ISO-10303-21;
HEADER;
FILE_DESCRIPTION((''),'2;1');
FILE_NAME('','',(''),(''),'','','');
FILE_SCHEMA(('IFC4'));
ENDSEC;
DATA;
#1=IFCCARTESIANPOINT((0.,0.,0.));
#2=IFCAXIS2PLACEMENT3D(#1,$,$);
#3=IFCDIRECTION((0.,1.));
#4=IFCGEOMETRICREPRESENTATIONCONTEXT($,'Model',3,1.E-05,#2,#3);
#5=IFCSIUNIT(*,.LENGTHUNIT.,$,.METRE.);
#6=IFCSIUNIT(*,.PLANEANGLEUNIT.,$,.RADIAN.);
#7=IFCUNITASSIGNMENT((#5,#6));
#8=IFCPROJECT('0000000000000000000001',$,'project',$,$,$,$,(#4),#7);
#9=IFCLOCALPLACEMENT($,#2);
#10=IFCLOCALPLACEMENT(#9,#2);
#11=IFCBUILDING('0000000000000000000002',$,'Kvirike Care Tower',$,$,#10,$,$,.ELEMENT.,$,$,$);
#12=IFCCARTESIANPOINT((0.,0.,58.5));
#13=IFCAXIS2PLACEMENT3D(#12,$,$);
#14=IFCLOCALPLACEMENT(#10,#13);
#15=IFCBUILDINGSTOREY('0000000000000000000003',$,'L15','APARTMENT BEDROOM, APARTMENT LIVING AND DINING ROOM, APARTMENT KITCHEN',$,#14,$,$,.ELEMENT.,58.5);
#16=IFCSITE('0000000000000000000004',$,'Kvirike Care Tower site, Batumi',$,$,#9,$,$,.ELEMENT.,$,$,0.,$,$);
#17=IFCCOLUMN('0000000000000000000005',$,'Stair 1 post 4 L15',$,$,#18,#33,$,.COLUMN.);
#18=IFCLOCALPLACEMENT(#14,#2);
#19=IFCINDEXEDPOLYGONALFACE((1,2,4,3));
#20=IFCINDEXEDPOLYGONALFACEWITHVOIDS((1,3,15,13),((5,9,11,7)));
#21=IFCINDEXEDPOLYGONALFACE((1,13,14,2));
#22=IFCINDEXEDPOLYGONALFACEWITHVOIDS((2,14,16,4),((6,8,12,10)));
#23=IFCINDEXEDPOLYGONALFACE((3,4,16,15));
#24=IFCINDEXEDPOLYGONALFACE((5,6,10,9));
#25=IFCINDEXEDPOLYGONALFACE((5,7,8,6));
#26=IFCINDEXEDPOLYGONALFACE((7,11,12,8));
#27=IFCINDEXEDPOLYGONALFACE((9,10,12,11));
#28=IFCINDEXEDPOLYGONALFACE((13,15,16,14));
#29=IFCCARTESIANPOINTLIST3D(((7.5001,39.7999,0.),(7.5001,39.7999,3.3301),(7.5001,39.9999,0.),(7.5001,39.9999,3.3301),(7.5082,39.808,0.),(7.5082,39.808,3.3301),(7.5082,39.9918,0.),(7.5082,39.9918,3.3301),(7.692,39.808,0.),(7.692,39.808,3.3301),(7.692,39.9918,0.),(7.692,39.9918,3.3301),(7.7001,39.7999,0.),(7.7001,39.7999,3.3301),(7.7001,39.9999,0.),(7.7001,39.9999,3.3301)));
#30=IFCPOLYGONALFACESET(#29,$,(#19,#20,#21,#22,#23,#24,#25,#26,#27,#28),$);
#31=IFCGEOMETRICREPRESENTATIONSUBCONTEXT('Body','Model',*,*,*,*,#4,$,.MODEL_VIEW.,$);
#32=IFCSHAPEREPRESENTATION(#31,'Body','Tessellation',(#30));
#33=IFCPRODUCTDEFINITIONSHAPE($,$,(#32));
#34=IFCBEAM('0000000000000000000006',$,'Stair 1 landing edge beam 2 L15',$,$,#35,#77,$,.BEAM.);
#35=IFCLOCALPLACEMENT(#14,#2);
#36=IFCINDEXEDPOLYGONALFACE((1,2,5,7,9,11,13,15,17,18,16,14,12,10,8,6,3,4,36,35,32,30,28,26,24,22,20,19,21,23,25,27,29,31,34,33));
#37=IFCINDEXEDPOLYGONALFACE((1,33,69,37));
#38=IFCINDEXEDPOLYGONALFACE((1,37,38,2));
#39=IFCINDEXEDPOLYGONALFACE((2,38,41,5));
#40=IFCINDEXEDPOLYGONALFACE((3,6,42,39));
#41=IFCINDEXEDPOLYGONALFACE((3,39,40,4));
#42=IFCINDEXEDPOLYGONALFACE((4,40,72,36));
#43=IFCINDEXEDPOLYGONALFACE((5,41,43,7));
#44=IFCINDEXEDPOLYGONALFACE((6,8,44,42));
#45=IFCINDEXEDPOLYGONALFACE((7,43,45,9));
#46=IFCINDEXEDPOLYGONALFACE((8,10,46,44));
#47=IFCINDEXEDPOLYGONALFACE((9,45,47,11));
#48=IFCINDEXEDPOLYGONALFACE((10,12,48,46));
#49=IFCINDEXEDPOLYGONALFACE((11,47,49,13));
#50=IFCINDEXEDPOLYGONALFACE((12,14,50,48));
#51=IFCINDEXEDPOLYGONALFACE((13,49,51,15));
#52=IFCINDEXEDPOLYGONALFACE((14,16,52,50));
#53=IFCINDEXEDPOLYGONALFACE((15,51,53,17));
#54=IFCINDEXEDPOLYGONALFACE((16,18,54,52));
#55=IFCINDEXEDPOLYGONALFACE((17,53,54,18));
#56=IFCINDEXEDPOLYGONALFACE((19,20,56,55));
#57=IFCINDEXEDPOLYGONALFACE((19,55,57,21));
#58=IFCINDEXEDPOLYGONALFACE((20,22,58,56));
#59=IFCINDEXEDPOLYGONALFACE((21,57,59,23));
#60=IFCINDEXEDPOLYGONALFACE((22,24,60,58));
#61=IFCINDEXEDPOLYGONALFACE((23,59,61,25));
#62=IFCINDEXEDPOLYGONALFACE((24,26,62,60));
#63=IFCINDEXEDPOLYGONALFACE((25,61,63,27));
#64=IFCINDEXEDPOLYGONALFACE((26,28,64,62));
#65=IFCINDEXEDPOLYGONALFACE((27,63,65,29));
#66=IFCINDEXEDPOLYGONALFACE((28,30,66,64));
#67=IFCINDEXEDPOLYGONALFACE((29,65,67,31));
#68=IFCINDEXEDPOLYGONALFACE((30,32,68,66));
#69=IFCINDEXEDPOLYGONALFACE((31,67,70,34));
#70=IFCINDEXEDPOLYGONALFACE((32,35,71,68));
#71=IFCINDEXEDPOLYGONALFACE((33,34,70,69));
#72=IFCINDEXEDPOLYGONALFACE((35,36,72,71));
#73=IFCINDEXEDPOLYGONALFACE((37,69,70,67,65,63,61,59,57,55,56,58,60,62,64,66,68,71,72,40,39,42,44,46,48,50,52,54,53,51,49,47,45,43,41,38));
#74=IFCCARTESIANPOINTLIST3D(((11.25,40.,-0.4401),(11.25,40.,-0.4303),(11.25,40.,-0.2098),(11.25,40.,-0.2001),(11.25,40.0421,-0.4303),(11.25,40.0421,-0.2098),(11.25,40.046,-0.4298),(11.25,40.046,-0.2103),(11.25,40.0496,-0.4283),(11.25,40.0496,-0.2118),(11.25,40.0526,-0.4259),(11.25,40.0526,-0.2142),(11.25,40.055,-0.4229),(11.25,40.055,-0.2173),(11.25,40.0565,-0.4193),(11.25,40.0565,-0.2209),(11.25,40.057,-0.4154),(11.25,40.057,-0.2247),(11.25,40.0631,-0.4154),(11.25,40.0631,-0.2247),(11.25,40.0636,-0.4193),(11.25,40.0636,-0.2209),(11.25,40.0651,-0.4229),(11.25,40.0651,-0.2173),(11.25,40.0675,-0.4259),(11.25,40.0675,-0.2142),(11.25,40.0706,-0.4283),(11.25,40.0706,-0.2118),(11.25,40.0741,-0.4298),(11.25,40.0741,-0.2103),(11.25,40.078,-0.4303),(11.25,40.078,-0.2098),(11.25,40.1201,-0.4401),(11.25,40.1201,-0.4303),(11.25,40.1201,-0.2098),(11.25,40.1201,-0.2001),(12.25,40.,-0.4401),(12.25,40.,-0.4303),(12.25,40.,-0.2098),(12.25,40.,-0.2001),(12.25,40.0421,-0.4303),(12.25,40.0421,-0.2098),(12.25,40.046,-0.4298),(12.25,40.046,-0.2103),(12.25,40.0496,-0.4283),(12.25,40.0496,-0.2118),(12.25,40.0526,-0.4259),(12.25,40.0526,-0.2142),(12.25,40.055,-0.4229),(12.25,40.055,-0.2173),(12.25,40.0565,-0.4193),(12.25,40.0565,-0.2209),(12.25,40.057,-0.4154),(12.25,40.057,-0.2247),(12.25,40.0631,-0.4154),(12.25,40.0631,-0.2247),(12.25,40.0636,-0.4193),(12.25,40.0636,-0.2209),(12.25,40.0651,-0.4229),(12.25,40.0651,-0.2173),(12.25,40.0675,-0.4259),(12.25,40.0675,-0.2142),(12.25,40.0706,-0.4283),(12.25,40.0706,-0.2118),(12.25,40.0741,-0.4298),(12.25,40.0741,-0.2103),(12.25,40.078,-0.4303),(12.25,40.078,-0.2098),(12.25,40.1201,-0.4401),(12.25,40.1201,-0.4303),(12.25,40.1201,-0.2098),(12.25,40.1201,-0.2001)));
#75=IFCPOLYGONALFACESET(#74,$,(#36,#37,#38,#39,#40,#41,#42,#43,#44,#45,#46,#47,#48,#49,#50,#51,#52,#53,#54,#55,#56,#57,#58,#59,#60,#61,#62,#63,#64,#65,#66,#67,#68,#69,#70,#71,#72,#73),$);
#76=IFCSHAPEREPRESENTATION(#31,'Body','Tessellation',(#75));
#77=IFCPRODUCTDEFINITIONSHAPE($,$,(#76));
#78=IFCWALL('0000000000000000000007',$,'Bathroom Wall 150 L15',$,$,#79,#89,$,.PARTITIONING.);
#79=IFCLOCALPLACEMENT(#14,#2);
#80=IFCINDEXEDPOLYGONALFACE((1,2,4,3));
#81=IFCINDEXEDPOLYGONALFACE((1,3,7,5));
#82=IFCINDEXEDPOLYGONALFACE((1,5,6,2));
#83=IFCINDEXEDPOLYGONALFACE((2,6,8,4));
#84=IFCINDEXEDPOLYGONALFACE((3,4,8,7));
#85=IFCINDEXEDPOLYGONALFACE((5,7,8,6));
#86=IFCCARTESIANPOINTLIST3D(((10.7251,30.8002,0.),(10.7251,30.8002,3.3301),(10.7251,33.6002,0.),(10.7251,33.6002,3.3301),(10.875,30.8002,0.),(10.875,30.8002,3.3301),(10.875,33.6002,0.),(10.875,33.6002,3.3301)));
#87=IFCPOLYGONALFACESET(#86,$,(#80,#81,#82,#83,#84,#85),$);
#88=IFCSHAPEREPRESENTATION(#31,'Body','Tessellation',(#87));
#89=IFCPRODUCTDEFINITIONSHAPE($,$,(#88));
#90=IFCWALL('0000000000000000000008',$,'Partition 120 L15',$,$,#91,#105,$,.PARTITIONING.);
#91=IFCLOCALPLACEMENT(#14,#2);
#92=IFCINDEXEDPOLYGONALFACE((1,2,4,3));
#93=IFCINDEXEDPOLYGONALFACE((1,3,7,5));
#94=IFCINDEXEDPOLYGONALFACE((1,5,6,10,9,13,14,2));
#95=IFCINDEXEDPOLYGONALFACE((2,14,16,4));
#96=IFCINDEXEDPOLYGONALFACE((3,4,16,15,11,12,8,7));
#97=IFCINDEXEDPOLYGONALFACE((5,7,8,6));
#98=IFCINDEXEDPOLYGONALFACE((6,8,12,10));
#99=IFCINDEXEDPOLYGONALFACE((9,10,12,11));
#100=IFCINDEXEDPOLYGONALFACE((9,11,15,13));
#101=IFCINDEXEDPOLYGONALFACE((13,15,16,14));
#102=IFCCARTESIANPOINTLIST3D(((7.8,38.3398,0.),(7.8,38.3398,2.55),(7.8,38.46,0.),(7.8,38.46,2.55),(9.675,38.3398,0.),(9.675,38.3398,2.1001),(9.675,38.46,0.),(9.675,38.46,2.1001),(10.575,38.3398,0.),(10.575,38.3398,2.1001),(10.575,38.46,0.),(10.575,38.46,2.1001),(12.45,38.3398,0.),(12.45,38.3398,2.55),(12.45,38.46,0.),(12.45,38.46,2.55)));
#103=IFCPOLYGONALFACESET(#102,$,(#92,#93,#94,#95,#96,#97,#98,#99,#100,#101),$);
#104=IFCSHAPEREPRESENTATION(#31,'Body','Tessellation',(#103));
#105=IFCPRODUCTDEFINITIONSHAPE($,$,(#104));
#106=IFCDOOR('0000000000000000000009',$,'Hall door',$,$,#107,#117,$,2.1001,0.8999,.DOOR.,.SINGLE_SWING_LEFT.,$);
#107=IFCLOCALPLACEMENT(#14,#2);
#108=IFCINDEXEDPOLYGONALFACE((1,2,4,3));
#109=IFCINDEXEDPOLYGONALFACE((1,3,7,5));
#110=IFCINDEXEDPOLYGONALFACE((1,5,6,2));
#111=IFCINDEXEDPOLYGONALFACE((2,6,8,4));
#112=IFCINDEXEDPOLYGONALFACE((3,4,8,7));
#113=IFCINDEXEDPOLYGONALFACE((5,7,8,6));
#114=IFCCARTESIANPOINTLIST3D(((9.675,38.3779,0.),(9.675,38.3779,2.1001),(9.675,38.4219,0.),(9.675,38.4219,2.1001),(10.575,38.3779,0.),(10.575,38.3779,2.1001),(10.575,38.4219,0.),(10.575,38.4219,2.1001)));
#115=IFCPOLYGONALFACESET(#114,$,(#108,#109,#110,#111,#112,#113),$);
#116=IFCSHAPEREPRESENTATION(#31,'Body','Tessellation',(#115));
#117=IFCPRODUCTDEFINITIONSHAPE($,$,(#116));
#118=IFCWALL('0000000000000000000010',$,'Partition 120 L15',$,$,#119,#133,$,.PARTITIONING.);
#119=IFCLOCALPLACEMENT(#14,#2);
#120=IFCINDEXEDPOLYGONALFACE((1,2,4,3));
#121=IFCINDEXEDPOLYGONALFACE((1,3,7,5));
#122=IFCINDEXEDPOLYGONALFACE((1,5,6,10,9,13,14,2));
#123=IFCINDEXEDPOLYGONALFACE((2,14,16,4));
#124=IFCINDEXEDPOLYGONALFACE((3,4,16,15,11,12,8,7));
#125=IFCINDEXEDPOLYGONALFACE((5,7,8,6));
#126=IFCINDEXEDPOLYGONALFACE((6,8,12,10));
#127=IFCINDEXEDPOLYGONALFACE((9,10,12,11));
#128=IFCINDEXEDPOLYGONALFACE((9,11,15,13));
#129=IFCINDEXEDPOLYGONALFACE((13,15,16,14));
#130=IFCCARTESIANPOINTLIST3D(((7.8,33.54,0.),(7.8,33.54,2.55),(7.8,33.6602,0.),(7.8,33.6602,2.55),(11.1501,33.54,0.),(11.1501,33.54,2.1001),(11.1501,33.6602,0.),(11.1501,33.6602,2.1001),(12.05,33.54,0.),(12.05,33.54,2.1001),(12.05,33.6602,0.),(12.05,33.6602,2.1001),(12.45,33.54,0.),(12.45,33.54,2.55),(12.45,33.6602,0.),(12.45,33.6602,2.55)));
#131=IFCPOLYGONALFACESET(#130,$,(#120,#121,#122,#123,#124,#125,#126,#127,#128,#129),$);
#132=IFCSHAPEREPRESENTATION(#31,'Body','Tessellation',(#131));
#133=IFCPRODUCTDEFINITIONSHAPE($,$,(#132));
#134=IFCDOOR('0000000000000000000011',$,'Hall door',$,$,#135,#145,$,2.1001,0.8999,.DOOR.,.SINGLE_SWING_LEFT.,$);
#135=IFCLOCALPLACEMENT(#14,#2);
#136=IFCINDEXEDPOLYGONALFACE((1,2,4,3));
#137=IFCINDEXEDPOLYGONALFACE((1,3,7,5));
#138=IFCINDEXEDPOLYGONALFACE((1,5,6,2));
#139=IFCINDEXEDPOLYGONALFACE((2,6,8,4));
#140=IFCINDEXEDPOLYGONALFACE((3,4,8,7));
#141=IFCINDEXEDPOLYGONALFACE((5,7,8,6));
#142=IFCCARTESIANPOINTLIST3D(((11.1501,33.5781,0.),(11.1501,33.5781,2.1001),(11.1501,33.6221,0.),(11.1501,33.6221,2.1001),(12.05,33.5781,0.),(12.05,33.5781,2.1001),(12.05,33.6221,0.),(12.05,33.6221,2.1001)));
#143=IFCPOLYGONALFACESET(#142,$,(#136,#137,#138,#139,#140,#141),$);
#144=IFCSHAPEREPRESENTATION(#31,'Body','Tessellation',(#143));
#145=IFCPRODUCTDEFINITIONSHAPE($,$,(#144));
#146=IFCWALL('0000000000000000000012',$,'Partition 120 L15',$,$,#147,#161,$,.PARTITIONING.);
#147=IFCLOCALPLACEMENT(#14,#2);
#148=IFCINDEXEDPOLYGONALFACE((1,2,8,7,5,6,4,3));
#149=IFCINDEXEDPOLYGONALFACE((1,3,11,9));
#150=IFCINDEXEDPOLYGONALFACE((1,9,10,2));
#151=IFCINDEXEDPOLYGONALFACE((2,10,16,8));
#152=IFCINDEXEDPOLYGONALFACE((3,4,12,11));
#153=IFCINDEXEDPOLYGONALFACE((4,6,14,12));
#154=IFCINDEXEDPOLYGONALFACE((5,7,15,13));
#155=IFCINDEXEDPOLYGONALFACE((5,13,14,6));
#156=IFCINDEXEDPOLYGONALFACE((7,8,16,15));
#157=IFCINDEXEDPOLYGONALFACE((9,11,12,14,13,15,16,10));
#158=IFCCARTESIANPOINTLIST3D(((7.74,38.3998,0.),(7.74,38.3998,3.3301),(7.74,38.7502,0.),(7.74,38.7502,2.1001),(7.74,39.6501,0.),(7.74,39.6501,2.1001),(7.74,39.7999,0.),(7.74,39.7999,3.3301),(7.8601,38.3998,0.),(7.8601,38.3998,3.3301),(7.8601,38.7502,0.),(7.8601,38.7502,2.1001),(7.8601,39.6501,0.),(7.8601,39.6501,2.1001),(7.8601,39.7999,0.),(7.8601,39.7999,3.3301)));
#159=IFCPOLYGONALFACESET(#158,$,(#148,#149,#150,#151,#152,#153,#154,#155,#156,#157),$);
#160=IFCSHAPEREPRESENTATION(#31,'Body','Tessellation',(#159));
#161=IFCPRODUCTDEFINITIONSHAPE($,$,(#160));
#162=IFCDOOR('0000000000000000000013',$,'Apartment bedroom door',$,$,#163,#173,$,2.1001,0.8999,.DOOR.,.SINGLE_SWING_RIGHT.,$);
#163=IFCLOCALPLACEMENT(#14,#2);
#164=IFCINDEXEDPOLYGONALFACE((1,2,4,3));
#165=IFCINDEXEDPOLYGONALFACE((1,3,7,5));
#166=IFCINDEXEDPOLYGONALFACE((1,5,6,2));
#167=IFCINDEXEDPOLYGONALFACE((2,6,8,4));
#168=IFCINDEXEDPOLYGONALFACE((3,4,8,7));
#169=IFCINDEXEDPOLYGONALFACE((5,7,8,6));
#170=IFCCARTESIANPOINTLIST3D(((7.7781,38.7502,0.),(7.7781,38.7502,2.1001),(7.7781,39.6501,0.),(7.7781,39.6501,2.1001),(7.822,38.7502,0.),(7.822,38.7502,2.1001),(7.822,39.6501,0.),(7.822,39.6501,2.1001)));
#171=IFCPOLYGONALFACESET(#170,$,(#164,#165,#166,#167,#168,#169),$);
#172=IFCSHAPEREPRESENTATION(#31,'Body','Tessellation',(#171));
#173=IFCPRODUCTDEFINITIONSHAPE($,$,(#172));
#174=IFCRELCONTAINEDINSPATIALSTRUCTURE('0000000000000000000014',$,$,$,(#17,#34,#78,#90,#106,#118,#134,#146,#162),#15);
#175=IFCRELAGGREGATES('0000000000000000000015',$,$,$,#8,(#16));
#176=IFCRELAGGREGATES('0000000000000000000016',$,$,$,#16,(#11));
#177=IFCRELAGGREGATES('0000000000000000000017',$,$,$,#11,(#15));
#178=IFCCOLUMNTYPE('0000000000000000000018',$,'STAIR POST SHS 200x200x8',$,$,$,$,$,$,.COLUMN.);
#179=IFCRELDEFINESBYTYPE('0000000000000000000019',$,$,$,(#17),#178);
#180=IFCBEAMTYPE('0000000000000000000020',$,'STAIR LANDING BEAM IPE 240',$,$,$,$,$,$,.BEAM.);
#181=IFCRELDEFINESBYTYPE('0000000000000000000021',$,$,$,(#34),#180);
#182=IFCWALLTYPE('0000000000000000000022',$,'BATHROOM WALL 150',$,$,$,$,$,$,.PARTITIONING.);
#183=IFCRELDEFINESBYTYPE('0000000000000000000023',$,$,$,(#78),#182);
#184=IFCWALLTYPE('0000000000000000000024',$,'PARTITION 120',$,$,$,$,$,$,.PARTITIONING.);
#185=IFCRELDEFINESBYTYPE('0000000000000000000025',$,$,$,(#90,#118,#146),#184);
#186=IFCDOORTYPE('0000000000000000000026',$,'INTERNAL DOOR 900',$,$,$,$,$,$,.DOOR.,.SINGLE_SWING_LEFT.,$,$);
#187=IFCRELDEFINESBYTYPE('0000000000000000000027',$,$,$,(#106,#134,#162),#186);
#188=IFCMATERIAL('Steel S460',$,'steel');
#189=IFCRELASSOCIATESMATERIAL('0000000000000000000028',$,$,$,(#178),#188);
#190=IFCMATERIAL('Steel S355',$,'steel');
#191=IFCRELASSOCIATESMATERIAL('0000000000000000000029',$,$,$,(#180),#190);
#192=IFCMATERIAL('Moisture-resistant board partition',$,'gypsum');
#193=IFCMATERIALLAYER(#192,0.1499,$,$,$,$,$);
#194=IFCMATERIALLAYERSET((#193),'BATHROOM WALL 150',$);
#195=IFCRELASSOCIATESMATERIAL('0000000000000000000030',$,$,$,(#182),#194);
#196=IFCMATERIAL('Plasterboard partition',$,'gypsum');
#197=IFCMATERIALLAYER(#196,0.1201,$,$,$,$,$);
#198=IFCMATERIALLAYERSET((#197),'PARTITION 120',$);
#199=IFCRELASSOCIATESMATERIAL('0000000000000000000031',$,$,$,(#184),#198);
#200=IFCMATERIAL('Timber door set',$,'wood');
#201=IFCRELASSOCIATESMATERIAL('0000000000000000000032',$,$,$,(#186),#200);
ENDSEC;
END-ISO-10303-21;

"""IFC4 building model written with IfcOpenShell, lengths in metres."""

from ifc_helpers import new_model, si_unit, direction, frame, frame_2d, origin, origin_2d, place, context, subcontext, project, spatial, rectangle, hollow_rectangle, i_section, extrude, material, layer, layer_set, material_profile, profile_set, type_object, element, fill, save


model = new_model("IFC4")

# Units and contexts
model_context = context("Model", 3, precision=1e-05, world=origin(), true_north=direction((0.0, 1.0)))
body_context = subcontext(model_context, "Body", "Model", "MODEL_VIEW")
ifc_project = project(units=[si_unit("LENGTHUNIT", "METRE"), si_unit("PLANEANGLEUNIT", "RADIAN")], contexts=[model_context])

# Site, building, storey
site_placement = place(None, origin())
site = spatial("IfcSite", under=ifc_project, at=site_placement, Name="Kvirike Care Tower site, Batumi", CompositionType="ELEMENT", RefElevation=0.0)
building_placement = place(site_placement, origin())
building = spatial("IfcBuilding", under=site, at=building_placement, Name="Kvirike Care Tower", CompositionType="ELEMENT")
storey_placement = place(building_placement, frame((0.0, 0.0, 58.5)))
storey = spatial("IfcBuildingStorey", under=building, at=storey_placement, Name="L15", Description="APARTMENT BEDROOM, APARTMENT LIVING AND DINING ROOM, APARTMENT KITCHEN", CompositionType="ELEMENT", Elevation=58.5)

# Column
ifc_material_1 = material(Name="Steel S460", Category="steel")
ifc_material_profile_1 = material_profile(ifc_material_1, hollow_rectangle(XDim=0.2, YDim=0.2, WallThickness=0.0081, at=origin_2d()), Name="SHS 200x200x8")
ifc_profile_set_1 = profile_set([ifc_material_profile_1], Name="Steel S460")
column_type = type_object("IfcColumnType", Name="STAIR POST SHS 200x200x8", PredefinedType="COLUMN", material=ifc_profile_set_1)
column_placement = place(storey_placement, frame((7.6001, 39.8999, 0.0), z_axis=(0.0, 0.0, 1.0), x_axis=(1.0, 0.0, 0.0)))
element("IfcColumn", 1, at=column_placement, inside=storey, type_object=column_type, Name="Stair 1 post 4 L15", PredefinedType="COLUMN", context=body_context, shape_type="SweptSolid", body=[
    extrude(hollow_rectangle(XDim=0.2, YDim=0.2, WallThickness=0.0081, at=origin_2d()), origin(), (0.0, 0.0, 1.0), 3.3301),
])

# Beam
ifc_material_2 = material(Name="Steel S355", Category="steel")
ifc_material_profile_2 = material_profile(ifc_material_2, i_section(OverallWidth=0.1201, OverallDepth=0.24, WebThickness=0.0061, FlangeThickness=0.0098, FilletRadius=0.0149, at=origin_2d()), Name="IPE 240")
ifc_profile_set_2 = profile_set([ifc_material_profile_2], Name="Steel S355")
beam_type = type_object("IfcBeamType", Name="STAIR LANDING BEAM IPE 240", PredefinedType="BEAM", material=ifc_profile_set_2)
beam_placement = place(storey_placement, frame((11.25, 40.0601, -0.3201), z_axis=(1.0, 0.0, 0.0), x_axis=(0.0, 1.0, 0.0)))
element("IfcBeam", 2, at=beam_placement, inside=storey, type_object=beam_type, Name="Stair 1 landing edge beam 2 L15", PredefinedType="BEAM", context=body_context, shape_type="SweptSolid", body=[
    extrude(i_section(OverallWidth=0.1201, OverallDepth=0.24, WebThickness=0.0061, FlangeThickness=0.0098, FilletRadius=0.0149, at=origin_2d()), origin(), (0.0, 0.0, 1.0), 1.0),
])

# Wall
ifc_material_3 = material(Name="Moisture-resistant board partition", Category="gypsum")
ifc_layer_1 = layer(ifc_material_3, 0.1499)
ifc_layer_set_1 = layer_set([ifc_layer_1], Name="BATHROOM WALL 150")
wall_type_1 = type_object("IfcWallType", Name="BATHROOM WALL 150", PredefinedType="PARTITIONING", material=ifc_layer_set_1)
wall_1_placement = place(storey_placement, frame((10.8, 33.6001, 0.0), z_axis=(0.0, 0.0, 1.0), x_axis=(0.0, -1.0, 0.0)))
element("IfcWall", 3, at=wall_1_placement, inside=storey, type_object=wall_type_1, Name="Bathroom Wall 150 L15", PredefinedType="PARTITIONING", context=body_context, shape_type="SweptSolid", body=[
    extrude(rectangle(XDim=2.8, YDim=0.1499, at=frame_2d((1.3999, 0.0))), origin(), (0.0, 0.0, 1.0), 3.3301),
])

# Walls, openings, doors
ifc_material_4 = material(Name="Plasterboard partition", Category="gypsum")
ifc_layer_2 = layer(ifc_material_4, 0.1201)
ifc_layer_set_2 = layer_set([ifc_layer_2], Name="PARTITION 120")
wall_type_2 = type_object("IfcWallType", Name="PARTITION 120", PredefinedType="PARTITIONING", material=ifc_layer_set_2)
wall_2_placement = place(storey_placement, frame((7.8, 38.3999, 0.0), z_axis=(0.0, 0.0, 1.0), x_axis=(1.0, 0.0, 0.0)))
wall_2 = element("IfcWall", 4, at=wall_2_placement, inside=storey, type_object=wall_type_2, Name="Partition 120 L15", PredefinedType="PARTITIONING", context=body_context, shape_type="SweptSolid", body=[
    extrude(rectangle(XDim=4.6499, YDim=0.1201, at=frame_2d((2.325, 0.0))), origin(), (0.0, 0.0, 1.0), 2.55),
])
opening_1_placement = place(wall_2_placement, frame((1.875, 0.0, 0.0)))
opening_1 = element("IfcOpeningElement", 5, at=opening_1_placement, cuts=wall_2, PredefinedType="OPENING", context=body_context, shape_type="SweptSolid", body=[
    extrude(rectangle(XDim=0.8999, YDim=2.1001, at=frame_2d((0.45, 1.05))), frame((0.0, 0.0706, 0.0), z_axis=(0.0, -1.0, 0.0), x_axis=(1.0, 0.0, 0.0)), (0.0, 0.0, 1.0), 0.1411),
])
ifc_material_5 = material(Name="Timber door set", Category="wood")
door_type_1 = type_object("IfcDoorType", Name="INTERNAL DOOR 900", OperationType="SINGLE_SWING_LEFT", PredefinedType="DOOR", material=ifc_material_5)
door_1_placement = place(opening_1_placement, origin())
door_1 = element("IfcDoor", 6, at=door_1_placement, inside=storey, type_object=door_type_1, Name="Hall door", OperationType="SINGLE_SWING_LEFT", OverallHeight=2.1001, OverallWidth=0.8999, PredefinedType="DOOR", context=body_context, shape_type="SweptSolid", body=[
    extrude(rectangle(XDim=0.8999, YDim=2.1001, at=frame_2d((0.45, 1.05))), frame((0.0, 0.022, 0.0), z_axis=(0.0, -1.0, 0.0), x_axis=(1.0, 0.0, 0.0)), (0.0, 0.0, 1.0), 0.0439),
])
fill(opening_1, door_1)
wall_3_placement = place(storey_placement, frame((7.8, 33.6001, 0.0), z_axis=(0.0, 0.0, 1.0), x_axis=(1.0, 0.0, 0.0)))
wall_3 = element("IfcWall", 7, at=wall_3_placement, inside=storey, type_object=wall_type_2, Name="Partition 120 L15", PredefinedType="PARTITIONING", context=body_context, shape_type="SweptSolid", body=[
    extrude(rectangle(XDim=4.6499, YDim=0.1201, at=frame_2d((2.325, 0.0))), origin(), (0.0, 0.0, 1.0), 2.55),
])
opening_2_placement = place(wall_3_placement, frame((3.3501, 0.0, 0.0)))
opening_2 = element("IfcOpeningElement", 8, at=opening_2_placement, cuts=wall_3, PredefinedType="OPENING", context=body_context, shape_type="SweptSolid", body=[
    extrude(rectangle(XDim=0.8999, YDim=2.1001, at=frame_2d((0.45, 1.05))), frame((0.0, 0.0706, 0.0), z_axis=(0.0, -1.0, 0.0), x_axis=(1.0, 0.0, 0.0)), (0.0, 0.0, 1.0), 0.1411),
])
door_2_placement = place(opening_2_placement, origin())
door_2 = element("IfcDoor", 9, at=door_2_placement, inside=storey, type_object=door_type_1, Name="Hall door", OperationType="SINGLE_SWING_LEFT", OverallHeight=2.1001, OverallWidth=0.8999, PredefinedType="DOOR", context=body_context, shape_type="SweptSolid", body=[
    extrude(rectangle(XDim=0.8999, YDim=2.1001, at=frame_2d((0.45, 1.05))), frame((0.0, 0.022, 0.0), z_axis=(0.0, -1.0, 0.0), x_axis=(1.0, 0.0, 0.0)), (0.0, 0.0, 1.0), 0.0439),
])
fill(opening_2, door_2)
wall_4_placement = place(storey_placement, frame((7.8, 39.8, 0.0), z_axis=(0.0, 0.0, 1.0), x_axis=(0.0, -1.0, 0.0)))
wall_4 = element("IfcWall", 10, at=wall_4_placement, inside=storey, type_object=wall_type_2, Name="Partition 120 L15", PredefinedType="PARTITIONING", context=body_context, shape_type="SweptSolid", body=[
    extrude(rectangle(XDim=1.4001, YDim=0.1201, at=frame_2d((0.7002, 0.0))), origin(), (0.0, 0.0, 1.0), 3.3301),
])
opening_3_placement = place(wall_4_placement, frame((0.1499, 0.0, 0.0)))
opening_3 = element("IfcOpeningElement", 11, at=opening_3_placement, cuts=wall_4, PredefinedType="OPENING", context=body_context, shape_type="SweptSolid", body=[
    extrude(rectangle(XDim=0.8999, YDim=2.1001, at=frame_2d((0.45, 1.05))), frame((0.0, 0.0706, 0.0), z_axis=(0.0, -1.0, 0.0), x_axis=(1.0, 0.0, 0.0)), (0.0, 0.0, 1.0), 0.1411),
])
door_3_placement = place(opening_3_placement, origin())
door_3 = element("IfcDoor", 12, at=door_3_placement, inside=storey, type_object=door_type_1, Name="Apartment bedroom door", OperationType="SINGLE_SWING_RIGHT", OverallHeight=2.1001, OverallWidth=0.8999, PredefinedType="DOOR", context=body_context, shape_type="SweptSolid", body=[
    extrude(rectangle(XDim=0.8999, YDim=2.1001, at=frame_2d((0.45, 1.05))), frame((0.0, 0.022, 0.0), z_axis=(0.0, -1.0, 0.0), x_axis=(1.0, 0.0, 0.0)), (0.0, 0.0, 1.0), 0.0439),
])
fill(opening_3, door_3)

save(model, "model.ifc")
